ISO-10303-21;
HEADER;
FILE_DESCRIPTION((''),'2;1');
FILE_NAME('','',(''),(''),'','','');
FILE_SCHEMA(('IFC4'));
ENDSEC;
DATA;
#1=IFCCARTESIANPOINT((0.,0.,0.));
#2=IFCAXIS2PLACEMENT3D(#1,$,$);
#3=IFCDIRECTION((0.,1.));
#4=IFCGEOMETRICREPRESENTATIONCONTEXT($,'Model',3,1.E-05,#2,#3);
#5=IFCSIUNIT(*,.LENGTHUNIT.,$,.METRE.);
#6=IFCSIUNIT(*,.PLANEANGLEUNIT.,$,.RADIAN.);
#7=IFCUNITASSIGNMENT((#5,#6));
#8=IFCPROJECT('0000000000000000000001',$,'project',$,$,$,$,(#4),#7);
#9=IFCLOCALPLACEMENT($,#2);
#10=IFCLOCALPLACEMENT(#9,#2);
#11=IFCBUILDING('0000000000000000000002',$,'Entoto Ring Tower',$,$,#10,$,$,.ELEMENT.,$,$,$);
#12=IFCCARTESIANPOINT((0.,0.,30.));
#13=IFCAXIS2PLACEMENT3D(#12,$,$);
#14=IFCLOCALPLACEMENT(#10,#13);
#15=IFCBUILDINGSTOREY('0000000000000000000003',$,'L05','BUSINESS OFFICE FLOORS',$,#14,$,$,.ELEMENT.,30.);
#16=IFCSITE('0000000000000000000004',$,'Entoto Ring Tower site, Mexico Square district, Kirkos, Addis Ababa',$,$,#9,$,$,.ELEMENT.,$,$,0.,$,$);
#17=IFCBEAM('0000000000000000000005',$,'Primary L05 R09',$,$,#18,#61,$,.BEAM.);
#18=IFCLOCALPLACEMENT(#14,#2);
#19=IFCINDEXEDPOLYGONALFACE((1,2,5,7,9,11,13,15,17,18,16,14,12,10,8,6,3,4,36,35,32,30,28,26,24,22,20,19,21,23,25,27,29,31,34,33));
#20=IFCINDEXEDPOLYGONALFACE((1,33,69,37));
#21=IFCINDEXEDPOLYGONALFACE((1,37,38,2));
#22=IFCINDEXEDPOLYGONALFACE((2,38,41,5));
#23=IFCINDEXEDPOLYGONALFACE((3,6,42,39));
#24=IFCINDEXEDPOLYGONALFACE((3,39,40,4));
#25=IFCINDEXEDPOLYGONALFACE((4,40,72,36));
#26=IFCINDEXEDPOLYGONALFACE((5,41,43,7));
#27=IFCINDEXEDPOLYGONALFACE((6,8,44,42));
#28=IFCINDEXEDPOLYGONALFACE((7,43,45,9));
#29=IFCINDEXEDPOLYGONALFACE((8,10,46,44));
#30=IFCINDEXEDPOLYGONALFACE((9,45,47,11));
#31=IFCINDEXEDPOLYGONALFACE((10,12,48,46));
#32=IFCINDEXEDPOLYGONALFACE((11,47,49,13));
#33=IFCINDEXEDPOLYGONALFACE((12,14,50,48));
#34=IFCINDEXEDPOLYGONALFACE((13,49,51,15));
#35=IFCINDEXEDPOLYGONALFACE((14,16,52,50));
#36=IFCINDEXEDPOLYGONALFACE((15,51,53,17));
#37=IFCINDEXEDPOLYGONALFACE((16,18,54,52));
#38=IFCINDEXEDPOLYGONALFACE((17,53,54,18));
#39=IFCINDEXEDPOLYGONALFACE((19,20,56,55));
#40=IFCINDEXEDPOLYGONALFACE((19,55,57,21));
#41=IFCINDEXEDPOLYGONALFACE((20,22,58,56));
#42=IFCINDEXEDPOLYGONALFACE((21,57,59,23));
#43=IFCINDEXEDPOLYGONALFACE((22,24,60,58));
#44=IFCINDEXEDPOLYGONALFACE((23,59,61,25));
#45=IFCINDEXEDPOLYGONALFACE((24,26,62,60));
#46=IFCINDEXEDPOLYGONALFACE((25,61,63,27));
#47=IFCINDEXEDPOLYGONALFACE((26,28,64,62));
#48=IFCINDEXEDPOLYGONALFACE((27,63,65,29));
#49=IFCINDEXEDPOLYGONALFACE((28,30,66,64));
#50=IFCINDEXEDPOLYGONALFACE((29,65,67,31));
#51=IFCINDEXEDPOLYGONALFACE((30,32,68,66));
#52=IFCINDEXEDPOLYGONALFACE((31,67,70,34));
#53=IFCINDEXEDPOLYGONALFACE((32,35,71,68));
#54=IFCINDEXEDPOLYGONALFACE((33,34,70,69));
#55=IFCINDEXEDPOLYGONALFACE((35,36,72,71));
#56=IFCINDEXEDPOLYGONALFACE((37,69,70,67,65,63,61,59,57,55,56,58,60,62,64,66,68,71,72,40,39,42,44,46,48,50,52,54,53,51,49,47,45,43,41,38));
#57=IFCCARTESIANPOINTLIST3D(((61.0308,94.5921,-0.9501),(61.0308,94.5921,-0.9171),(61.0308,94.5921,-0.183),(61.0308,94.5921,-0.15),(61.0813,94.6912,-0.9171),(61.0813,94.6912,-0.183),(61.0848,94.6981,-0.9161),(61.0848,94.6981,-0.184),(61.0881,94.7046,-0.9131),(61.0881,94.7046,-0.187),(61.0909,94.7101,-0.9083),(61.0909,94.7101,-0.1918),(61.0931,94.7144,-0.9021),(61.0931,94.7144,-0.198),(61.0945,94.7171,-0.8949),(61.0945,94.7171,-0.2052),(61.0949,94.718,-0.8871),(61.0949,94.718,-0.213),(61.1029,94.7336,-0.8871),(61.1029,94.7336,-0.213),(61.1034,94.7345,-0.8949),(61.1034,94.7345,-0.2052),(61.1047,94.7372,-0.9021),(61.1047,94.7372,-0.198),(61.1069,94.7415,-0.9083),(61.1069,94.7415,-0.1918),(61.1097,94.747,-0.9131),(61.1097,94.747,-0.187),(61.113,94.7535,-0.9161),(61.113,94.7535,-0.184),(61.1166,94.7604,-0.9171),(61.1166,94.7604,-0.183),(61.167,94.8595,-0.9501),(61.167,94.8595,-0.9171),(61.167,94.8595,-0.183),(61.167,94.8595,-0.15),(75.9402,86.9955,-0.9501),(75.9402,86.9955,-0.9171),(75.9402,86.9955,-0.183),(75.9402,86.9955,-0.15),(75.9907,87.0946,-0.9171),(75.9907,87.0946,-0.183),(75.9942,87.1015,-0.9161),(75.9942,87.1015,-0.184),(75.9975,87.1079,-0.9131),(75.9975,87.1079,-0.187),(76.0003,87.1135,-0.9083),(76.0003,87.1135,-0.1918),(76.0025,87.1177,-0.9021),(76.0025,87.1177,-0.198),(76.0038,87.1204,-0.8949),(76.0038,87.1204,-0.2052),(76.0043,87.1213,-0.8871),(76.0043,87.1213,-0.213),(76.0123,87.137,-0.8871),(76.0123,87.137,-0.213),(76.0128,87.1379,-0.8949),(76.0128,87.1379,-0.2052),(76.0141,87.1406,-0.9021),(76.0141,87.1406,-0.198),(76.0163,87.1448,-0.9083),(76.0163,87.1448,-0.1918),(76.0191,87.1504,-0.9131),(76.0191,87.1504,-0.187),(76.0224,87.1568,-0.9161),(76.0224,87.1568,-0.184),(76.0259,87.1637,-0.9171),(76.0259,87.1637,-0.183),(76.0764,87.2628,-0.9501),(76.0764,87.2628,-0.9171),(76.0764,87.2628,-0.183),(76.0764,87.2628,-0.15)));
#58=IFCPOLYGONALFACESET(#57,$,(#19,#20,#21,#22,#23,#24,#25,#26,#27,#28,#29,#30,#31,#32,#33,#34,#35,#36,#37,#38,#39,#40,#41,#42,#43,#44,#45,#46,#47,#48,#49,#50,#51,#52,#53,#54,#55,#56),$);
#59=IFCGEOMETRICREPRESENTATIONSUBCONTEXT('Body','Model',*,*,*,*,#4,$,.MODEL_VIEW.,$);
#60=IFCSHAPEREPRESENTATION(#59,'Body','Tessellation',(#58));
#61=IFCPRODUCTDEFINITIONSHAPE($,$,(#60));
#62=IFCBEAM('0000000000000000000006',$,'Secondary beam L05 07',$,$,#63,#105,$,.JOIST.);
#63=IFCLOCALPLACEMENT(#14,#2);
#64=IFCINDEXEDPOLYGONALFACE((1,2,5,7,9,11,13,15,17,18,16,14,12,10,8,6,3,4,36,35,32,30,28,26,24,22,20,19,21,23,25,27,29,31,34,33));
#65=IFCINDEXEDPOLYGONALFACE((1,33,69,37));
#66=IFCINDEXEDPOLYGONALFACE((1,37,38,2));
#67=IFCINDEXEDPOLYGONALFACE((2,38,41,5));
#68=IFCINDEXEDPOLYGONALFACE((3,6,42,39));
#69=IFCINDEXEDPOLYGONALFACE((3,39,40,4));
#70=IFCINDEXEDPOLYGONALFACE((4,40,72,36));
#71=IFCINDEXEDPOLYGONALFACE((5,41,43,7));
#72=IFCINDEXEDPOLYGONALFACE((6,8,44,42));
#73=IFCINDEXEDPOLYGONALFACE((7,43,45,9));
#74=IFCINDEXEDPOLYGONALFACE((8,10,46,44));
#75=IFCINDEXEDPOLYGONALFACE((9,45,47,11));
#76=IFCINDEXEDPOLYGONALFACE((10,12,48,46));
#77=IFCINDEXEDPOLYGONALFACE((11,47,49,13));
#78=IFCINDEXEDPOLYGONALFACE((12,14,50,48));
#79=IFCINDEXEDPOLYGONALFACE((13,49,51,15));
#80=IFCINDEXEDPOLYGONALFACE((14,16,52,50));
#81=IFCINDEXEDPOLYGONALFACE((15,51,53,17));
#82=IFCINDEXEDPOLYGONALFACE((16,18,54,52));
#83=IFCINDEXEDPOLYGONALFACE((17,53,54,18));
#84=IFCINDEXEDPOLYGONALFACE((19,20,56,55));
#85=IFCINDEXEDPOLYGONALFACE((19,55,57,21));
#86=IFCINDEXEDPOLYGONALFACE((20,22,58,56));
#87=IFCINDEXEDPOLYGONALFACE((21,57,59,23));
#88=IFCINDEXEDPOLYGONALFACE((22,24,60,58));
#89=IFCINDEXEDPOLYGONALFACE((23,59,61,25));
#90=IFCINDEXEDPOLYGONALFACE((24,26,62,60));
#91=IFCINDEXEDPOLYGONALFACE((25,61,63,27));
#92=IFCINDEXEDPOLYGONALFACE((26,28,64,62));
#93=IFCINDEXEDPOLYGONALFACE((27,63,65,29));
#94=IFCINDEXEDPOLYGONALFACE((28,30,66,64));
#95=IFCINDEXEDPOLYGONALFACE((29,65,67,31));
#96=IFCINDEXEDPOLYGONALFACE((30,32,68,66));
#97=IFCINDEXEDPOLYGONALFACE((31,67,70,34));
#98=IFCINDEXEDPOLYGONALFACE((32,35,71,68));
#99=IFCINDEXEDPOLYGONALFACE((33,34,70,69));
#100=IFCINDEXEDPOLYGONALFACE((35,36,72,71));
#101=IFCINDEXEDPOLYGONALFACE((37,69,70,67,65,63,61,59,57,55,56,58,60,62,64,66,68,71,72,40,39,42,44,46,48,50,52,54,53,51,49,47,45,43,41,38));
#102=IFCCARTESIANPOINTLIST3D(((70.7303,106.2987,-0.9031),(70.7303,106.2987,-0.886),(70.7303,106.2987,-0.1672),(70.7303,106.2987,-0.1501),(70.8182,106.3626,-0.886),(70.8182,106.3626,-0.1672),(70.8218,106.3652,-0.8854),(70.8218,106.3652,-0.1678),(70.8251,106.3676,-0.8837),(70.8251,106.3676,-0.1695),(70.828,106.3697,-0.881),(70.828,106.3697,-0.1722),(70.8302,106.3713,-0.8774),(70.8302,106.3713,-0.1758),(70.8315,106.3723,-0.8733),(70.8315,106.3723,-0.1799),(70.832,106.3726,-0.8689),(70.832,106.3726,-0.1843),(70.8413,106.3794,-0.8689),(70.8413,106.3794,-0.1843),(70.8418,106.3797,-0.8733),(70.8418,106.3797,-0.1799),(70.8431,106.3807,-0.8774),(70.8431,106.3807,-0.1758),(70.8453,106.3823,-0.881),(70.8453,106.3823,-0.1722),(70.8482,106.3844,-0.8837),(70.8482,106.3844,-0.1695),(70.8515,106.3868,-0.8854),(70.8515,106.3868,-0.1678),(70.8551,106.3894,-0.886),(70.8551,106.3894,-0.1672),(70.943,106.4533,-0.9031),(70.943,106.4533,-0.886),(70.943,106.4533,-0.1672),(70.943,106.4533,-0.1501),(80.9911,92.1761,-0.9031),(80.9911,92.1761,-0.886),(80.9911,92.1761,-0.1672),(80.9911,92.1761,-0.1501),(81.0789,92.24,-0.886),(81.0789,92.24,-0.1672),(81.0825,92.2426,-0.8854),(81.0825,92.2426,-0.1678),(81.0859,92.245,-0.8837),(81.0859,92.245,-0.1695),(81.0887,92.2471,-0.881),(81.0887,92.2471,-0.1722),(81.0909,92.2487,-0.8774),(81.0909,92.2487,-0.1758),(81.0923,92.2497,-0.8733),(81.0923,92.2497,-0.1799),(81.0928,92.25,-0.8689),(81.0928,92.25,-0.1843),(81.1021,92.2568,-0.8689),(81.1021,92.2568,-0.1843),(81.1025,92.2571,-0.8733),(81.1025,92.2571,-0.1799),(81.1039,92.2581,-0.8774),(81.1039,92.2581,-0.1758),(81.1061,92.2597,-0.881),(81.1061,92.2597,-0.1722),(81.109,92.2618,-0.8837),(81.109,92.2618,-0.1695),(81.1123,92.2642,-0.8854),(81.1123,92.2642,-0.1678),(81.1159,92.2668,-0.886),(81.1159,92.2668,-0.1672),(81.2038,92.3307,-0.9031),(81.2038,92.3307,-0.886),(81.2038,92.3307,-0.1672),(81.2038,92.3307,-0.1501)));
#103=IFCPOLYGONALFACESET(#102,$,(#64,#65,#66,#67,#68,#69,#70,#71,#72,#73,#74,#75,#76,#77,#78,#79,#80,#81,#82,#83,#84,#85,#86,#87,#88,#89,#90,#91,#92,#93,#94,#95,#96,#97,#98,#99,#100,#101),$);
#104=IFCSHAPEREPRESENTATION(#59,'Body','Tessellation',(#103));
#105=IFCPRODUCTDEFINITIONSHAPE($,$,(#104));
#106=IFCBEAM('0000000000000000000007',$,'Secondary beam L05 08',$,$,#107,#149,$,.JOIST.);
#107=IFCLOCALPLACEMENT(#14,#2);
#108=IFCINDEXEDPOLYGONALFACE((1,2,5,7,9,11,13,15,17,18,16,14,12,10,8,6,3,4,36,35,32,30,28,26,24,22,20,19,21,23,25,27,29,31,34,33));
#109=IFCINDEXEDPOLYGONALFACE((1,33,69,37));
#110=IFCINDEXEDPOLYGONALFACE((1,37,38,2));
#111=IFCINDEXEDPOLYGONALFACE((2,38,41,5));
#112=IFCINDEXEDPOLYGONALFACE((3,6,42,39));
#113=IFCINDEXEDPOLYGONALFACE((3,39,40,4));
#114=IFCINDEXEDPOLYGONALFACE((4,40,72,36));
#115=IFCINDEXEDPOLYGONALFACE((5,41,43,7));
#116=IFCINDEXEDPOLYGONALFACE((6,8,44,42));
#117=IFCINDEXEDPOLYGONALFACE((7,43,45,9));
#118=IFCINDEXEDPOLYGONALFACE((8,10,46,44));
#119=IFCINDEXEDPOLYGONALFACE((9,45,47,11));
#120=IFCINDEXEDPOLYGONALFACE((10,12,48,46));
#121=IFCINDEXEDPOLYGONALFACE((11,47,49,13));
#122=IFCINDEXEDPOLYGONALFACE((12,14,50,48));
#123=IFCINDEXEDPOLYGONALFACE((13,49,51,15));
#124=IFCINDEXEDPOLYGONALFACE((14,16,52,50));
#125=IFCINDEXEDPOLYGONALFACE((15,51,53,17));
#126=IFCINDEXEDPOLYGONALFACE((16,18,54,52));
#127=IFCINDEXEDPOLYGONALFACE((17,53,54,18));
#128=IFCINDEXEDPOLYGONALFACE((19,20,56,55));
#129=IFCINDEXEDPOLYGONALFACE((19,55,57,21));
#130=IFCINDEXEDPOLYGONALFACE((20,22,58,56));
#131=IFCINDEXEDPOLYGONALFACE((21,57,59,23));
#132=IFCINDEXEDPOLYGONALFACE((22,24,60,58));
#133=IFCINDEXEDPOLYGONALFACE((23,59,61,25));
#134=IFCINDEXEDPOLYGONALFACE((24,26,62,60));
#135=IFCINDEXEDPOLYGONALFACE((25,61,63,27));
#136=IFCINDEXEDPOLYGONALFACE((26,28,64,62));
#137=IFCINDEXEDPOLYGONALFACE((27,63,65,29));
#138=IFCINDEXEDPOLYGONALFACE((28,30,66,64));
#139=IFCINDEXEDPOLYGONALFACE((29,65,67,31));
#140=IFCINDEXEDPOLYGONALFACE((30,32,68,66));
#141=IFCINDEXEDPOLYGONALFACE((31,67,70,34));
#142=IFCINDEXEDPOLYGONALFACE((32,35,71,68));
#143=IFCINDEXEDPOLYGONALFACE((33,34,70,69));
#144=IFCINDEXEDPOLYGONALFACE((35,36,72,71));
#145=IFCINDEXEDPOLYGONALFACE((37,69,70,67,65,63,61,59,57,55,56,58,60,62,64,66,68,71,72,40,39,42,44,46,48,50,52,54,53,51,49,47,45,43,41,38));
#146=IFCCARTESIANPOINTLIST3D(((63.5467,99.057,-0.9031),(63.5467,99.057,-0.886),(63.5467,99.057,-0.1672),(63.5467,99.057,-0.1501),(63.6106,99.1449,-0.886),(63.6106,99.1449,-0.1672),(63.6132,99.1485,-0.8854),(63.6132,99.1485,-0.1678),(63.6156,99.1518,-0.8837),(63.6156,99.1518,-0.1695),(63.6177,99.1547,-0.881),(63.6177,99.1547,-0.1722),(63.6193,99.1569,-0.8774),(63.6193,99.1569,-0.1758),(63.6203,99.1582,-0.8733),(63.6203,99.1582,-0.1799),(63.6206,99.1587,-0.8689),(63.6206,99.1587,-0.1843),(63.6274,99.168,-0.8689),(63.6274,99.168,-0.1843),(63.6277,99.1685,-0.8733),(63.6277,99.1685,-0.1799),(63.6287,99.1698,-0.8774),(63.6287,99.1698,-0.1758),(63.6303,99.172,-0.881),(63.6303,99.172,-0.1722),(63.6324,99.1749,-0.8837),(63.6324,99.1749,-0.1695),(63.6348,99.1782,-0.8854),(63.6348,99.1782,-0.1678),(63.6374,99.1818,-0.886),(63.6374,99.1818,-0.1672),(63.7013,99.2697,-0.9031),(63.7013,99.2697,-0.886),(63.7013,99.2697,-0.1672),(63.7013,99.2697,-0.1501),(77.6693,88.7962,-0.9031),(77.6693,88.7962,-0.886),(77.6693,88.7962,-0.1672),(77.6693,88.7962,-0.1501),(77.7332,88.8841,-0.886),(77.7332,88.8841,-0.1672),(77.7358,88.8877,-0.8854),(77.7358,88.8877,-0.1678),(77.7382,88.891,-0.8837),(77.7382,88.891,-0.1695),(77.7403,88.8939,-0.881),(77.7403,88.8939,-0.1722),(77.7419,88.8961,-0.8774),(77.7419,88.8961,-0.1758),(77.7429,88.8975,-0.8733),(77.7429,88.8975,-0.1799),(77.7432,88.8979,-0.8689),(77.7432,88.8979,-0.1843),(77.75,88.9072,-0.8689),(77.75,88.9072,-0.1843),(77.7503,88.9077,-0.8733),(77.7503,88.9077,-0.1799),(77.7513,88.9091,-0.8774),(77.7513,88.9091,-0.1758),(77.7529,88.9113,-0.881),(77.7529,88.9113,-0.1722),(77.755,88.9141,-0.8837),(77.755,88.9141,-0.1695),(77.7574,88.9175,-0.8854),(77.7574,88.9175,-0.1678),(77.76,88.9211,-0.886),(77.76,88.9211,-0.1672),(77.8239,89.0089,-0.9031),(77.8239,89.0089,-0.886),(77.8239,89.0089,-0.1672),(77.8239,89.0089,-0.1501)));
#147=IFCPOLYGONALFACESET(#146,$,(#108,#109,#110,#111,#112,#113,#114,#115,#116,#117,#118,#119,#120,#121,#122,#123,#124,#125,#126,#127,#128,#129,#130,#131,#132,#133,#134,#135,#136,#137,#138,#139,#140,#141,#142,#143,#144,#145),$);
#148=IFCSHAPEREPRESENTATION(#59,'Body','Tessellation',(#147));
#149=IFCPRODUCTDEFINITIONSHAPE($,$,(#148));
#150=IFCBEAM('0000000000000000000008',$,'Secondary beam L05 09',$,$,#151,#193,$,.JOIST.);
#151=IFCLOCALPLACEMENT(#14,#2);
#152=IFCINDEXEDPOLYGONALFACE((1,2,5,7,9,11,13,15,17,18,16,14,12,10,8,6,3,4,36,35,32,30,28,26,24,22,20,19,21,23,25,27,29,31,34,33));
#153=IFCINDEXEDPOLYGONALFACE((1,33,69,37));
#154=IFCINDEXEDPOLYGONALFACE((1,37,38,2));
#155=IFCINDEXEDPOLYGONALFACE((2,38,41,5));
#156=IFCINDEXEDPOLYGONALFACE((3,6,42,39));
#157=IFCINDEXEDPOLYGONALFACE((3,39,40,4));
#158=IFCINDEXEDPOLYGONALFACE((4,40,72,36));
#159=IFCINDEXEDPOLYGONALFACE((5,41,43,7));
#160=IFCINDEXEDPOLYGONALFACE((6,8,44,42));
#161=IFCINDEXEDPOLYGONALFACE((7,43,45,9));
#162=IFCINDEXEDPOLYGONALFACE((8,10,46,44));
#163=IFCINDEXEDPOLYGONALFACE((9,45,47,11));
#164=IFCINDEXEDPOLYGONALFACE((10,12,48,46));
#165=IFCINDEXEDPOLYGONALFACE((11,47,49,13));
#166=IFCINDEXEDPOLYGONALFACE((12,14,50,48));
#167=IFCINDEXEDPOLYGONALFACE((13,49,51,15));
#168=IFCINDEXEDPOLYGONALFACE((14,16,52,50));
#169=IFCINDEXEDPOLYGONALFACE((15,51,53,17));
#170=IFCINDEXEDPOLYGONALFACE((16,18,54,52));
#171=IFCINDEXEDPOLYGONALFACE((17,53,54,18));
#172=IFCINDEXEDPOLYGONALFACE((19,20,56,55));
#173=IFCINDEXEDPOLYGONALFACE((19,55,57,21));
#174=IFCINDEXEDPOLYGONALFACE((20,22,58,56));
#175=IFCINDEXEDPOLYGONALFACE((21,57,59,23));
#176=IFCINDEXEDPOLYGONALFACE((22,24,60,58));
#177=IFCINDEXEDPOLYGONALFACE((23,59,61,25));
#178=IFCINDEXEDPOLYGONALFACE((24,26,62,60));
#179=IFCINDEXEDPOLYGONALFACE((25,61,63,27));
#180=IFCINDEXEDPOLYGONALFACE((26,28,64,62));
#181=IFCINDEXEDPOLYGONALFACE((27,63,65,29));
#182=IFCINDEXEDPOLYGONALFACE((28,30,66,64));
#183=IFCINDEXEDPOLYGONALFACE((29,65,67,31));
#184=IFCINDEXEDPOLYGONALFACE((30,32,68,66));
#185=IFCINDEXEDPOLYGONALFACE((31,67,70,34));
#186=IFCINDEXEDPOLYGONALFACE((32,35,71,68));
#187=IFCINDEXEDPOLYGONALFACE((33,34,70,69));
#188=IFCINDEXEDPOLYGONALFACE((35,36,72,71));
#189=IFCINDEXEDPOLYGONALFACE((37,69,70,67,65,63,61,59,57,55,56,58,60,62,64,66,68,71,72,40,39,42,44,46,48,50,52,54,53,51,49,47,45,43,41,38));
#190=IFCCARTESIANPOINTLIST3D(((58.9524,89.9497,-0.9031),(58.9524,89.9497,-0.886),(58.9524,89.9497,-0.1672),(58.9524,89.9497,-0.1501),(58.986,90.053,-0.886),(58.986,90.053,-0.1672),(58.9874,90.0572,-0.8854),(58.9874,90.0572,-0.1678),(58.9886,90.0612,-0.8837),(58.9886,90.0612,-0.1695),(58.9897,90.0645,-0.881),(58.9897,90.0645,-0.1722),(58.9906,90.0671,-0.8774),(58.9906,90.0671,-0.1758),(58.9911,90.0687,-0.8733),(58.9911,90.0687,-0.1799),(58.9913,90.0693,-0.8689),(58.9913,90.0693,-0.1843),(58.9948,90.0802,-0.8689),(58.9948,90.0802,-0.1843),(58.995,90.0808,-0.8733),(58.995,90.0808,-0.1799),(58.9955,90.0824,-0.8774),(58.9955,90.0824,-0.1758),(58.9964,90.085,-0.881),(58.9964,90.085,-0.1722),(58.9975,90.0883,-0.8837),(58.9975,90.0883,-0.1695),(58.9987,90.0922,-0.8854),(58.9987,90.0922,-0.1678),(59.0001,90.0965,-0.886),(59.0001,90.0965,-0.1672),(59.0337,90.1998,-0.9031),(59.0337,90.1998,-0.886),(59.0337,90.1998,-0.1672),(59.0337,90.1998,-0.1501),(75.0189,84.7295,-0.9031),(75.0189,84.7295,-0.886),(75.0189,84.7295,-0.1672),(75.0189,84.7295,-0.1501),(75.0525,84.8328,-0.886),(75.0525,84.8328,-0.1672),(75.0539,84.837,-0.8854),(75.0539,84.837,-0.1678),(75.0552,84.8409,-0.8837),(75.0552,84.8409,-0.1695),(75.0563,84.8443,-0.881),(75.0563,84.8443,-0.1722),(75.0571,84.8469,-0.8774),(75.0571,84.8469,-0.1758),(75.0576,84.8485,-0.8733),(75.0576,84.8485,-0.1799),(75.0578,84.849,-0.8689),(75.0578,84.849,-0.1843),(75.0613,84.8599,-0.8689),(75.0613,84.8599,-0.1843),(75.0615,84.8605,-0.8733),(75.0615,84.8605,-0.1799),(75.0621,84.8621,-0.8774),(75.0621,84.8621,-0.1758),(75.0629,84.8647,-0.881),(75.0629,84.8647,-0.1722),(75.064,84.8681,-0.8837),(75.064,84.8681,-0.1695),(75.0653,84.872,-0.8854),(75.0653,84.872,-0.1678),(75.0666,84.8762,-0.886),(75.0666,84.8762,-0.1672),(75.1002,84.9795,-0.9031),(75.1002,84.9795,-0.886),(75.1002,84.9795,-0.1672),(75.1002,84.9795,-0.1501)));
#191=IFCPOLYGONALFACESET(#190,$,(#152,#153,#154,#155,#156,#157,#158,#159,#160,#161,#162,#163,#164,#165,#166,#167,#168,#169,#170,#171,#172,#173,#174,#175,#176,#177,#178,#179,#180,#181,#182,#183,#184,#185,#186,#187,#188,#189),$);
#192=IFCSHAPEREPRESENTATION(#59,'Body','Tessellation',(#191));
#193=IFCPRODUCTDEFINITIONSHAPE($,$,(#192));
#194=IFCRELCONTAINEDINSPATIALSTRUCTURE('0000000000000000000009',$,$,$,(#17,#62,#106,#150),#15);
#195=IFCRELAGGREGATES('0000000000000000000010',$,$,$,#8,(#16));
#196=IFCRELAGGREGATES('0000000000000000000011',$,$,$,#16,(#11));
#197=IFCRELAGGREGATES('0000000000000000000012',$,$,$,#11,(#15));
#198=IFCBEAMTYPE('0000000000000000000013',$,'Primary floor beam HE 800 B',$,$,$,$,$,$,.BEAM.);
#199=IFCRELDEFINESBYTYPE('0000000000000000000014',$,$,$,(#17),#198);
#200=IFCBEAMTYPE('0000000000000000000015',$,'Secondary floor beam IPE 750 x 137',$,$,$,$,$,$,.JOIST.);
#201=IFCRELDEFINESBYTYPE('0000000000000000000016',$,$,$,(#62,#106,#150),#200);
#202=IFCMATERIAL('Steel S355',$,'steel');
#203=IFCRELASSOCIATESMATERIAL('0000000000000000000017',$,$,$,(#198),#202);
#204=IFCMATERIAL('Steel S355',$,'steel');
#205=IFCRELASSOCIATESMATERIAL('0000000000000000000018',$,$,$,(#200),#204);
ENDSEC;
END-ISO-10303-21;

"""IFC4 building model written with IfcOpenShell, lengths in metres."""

from ifc_helpers import new_model, si_unit, direction, frame, origin, origin_2d, place, context, subcontext, project, spatial, i_section, extrude, material, material_profile, profile_set, type_object, element, save


model = new_model("IFC4")

# Units and contexts
model_context = context("Model", 3, precision=1e-05, world=origin(), true_north=direction((0.0, 1.0)))
body_context = subcontext(model_context, "Body", "Model", "MODEL_VIEW")
ifc_project = project(units=[si_unit("LENGTHUNIT", "METRE"), si_unit("PLANEANGLEUNIT", "RADIAN")], contexts=[model_context])

# Site, building, storey
site_placement = place(None, origin())
site = spatial("IfcSite", under=ifc_project, at=site_placement, Name="Entoto Ring Tower site, Mexico Square district, Kirkos, Addis Ababa", CompositionType="ELEMENT", RefElevation=0.0)
building_placement = place(site_placement, origin())
building = spatial("IfcBuilding", under=site, at=building_placement, Name="Entoto Ring Tower", CompositionType="ELEMENT")
storey_placement = place(building_placement, frame((0.0, 0.0, 30.0)))
storey = spatial("IfcBuildingStorey", under=building, at=storey_placement, Name="L05", Description="BUSINESS OFFICE FLOORS", CompositionType="ELEMENT", Elevation=30.0)

# Beams
ifc_material_1 = material(Name="Steel S355", Category="steel")
ifc_material_profile_1 = material_profile(ifc_material_1, i_section(OverallWidth=0.3, OverallDepth=0.8, WebThickness=0.0176, FlangeThickness=0.033, FilletRadius=0.03, at=origin_2d()), Name="HE 800 B")
ifc_profile_set_1 = profile_set([ifc_material_profile_1], Name="Steel S355")
beam_type_1 = type_object("IfcBeamType", Name="Primary floor beam HE 800 B", PredefinedType="BEAM", material=ifc_profile_set_1)
beam_1_placement = place(storey_placement, frame((76.0083, 87.1292, -0.55), z_axis=(-0.891008, 0.453988, 0.0), x_axis=(-0.453988, -0.891008, 0.0)))
element("IfcBeam", 1, at=beam_1_placement, inside=storey, type_object=beam_type_1, Name="Primary L05 R09", PredefinedType="BEAM", context=body_context, shape_type="SweptSolid", body=[
    extrude(i_section(OverallWidth=0.3, OverallDepth=0.8, WebThickness=0.0176, FlangeThickness=0.033, FilletRadius=0.03, at=origin_2d()), origin(), (0.0, 0.0, 1.0), 16.7332),
])
ifc_material_2 = material(Name="Steel S355", Category="steel")
ifc_material_profile_2 = material_profile(ifc_material_2, i_section(OverallWidth=0.2629, OverallDepth=0.7529, WebThickness=0.0115, FlangeThickness=0.0171, FilletRadius=0.0171, at=origin_2d()), Name="IPE 750 x 137")
ifc_profile_set_2 = profile_set([ifc_material_profile_2], Name="Steel S355")
beam_type_2 = type_object("IfcBeamType", Name="Secondary floor beam IPE 750 x 137", PredefinedType="JOIST", material=ifc_profile_set_2)
for number, where, z_axis, x_axis, name in (
    (2, (81.0974, 92.2534, -0.5266), (-0.587789, 0.809014, 0.0), (-0.809014, -0.587789, 0.0), "Secondary beam L05 07"),
    (3, (77.7466, 88.9026, -0.5266), (-0.809014, 0.587789, 0.0), (-0.587789, -0.809014, 0.0), "Secondary beam L05 08"),
):
    element("IfcBeam", number, at=place(storey_placement, frame(where, z_axis=z_axis, x_axis=x_axis)), inside=storey, type_object=beam_type_2, Name=name, PredefinedType="JOIST", context=body_context, shape_type="SweptSolid", body=[
        extrude(i_section(OverallWidth=0.2629, OverallDepth=0.7529, WebThickness=0.0115, FlangeThickness=0.0171, FilletRadius=0.0171, at=origin_2d()), origin(), (0.0, 0.0, 1.0), 17.4565),
    ])
beam_2_placement = place(storey_placement, frame((75.0596, 84.8545, -0.5266), z_axis=(-0.951058, 0.309013, 0.0), x_axis=(-0.309013, -0.951058, 0.0)))
element("IfcBeam", 4, at=beam_2_placement, inside=storey, type_object=beam_type_2, Name="Secondary beam L05 09", PredefinedType="JOIST", context=body_context, shape_type="SweptSolid", body=[
    extrude(i_section(OverallWidth=0.2629, OverallDepth=0.7529, WebThickness=0.0115, FlangeThickness=0.0171, FilletRadius=0.0171, at=origin_2d()), origin(), (0.0, 0.0, 1.0), 16.8933),
])

save(model, "model.ifc")
